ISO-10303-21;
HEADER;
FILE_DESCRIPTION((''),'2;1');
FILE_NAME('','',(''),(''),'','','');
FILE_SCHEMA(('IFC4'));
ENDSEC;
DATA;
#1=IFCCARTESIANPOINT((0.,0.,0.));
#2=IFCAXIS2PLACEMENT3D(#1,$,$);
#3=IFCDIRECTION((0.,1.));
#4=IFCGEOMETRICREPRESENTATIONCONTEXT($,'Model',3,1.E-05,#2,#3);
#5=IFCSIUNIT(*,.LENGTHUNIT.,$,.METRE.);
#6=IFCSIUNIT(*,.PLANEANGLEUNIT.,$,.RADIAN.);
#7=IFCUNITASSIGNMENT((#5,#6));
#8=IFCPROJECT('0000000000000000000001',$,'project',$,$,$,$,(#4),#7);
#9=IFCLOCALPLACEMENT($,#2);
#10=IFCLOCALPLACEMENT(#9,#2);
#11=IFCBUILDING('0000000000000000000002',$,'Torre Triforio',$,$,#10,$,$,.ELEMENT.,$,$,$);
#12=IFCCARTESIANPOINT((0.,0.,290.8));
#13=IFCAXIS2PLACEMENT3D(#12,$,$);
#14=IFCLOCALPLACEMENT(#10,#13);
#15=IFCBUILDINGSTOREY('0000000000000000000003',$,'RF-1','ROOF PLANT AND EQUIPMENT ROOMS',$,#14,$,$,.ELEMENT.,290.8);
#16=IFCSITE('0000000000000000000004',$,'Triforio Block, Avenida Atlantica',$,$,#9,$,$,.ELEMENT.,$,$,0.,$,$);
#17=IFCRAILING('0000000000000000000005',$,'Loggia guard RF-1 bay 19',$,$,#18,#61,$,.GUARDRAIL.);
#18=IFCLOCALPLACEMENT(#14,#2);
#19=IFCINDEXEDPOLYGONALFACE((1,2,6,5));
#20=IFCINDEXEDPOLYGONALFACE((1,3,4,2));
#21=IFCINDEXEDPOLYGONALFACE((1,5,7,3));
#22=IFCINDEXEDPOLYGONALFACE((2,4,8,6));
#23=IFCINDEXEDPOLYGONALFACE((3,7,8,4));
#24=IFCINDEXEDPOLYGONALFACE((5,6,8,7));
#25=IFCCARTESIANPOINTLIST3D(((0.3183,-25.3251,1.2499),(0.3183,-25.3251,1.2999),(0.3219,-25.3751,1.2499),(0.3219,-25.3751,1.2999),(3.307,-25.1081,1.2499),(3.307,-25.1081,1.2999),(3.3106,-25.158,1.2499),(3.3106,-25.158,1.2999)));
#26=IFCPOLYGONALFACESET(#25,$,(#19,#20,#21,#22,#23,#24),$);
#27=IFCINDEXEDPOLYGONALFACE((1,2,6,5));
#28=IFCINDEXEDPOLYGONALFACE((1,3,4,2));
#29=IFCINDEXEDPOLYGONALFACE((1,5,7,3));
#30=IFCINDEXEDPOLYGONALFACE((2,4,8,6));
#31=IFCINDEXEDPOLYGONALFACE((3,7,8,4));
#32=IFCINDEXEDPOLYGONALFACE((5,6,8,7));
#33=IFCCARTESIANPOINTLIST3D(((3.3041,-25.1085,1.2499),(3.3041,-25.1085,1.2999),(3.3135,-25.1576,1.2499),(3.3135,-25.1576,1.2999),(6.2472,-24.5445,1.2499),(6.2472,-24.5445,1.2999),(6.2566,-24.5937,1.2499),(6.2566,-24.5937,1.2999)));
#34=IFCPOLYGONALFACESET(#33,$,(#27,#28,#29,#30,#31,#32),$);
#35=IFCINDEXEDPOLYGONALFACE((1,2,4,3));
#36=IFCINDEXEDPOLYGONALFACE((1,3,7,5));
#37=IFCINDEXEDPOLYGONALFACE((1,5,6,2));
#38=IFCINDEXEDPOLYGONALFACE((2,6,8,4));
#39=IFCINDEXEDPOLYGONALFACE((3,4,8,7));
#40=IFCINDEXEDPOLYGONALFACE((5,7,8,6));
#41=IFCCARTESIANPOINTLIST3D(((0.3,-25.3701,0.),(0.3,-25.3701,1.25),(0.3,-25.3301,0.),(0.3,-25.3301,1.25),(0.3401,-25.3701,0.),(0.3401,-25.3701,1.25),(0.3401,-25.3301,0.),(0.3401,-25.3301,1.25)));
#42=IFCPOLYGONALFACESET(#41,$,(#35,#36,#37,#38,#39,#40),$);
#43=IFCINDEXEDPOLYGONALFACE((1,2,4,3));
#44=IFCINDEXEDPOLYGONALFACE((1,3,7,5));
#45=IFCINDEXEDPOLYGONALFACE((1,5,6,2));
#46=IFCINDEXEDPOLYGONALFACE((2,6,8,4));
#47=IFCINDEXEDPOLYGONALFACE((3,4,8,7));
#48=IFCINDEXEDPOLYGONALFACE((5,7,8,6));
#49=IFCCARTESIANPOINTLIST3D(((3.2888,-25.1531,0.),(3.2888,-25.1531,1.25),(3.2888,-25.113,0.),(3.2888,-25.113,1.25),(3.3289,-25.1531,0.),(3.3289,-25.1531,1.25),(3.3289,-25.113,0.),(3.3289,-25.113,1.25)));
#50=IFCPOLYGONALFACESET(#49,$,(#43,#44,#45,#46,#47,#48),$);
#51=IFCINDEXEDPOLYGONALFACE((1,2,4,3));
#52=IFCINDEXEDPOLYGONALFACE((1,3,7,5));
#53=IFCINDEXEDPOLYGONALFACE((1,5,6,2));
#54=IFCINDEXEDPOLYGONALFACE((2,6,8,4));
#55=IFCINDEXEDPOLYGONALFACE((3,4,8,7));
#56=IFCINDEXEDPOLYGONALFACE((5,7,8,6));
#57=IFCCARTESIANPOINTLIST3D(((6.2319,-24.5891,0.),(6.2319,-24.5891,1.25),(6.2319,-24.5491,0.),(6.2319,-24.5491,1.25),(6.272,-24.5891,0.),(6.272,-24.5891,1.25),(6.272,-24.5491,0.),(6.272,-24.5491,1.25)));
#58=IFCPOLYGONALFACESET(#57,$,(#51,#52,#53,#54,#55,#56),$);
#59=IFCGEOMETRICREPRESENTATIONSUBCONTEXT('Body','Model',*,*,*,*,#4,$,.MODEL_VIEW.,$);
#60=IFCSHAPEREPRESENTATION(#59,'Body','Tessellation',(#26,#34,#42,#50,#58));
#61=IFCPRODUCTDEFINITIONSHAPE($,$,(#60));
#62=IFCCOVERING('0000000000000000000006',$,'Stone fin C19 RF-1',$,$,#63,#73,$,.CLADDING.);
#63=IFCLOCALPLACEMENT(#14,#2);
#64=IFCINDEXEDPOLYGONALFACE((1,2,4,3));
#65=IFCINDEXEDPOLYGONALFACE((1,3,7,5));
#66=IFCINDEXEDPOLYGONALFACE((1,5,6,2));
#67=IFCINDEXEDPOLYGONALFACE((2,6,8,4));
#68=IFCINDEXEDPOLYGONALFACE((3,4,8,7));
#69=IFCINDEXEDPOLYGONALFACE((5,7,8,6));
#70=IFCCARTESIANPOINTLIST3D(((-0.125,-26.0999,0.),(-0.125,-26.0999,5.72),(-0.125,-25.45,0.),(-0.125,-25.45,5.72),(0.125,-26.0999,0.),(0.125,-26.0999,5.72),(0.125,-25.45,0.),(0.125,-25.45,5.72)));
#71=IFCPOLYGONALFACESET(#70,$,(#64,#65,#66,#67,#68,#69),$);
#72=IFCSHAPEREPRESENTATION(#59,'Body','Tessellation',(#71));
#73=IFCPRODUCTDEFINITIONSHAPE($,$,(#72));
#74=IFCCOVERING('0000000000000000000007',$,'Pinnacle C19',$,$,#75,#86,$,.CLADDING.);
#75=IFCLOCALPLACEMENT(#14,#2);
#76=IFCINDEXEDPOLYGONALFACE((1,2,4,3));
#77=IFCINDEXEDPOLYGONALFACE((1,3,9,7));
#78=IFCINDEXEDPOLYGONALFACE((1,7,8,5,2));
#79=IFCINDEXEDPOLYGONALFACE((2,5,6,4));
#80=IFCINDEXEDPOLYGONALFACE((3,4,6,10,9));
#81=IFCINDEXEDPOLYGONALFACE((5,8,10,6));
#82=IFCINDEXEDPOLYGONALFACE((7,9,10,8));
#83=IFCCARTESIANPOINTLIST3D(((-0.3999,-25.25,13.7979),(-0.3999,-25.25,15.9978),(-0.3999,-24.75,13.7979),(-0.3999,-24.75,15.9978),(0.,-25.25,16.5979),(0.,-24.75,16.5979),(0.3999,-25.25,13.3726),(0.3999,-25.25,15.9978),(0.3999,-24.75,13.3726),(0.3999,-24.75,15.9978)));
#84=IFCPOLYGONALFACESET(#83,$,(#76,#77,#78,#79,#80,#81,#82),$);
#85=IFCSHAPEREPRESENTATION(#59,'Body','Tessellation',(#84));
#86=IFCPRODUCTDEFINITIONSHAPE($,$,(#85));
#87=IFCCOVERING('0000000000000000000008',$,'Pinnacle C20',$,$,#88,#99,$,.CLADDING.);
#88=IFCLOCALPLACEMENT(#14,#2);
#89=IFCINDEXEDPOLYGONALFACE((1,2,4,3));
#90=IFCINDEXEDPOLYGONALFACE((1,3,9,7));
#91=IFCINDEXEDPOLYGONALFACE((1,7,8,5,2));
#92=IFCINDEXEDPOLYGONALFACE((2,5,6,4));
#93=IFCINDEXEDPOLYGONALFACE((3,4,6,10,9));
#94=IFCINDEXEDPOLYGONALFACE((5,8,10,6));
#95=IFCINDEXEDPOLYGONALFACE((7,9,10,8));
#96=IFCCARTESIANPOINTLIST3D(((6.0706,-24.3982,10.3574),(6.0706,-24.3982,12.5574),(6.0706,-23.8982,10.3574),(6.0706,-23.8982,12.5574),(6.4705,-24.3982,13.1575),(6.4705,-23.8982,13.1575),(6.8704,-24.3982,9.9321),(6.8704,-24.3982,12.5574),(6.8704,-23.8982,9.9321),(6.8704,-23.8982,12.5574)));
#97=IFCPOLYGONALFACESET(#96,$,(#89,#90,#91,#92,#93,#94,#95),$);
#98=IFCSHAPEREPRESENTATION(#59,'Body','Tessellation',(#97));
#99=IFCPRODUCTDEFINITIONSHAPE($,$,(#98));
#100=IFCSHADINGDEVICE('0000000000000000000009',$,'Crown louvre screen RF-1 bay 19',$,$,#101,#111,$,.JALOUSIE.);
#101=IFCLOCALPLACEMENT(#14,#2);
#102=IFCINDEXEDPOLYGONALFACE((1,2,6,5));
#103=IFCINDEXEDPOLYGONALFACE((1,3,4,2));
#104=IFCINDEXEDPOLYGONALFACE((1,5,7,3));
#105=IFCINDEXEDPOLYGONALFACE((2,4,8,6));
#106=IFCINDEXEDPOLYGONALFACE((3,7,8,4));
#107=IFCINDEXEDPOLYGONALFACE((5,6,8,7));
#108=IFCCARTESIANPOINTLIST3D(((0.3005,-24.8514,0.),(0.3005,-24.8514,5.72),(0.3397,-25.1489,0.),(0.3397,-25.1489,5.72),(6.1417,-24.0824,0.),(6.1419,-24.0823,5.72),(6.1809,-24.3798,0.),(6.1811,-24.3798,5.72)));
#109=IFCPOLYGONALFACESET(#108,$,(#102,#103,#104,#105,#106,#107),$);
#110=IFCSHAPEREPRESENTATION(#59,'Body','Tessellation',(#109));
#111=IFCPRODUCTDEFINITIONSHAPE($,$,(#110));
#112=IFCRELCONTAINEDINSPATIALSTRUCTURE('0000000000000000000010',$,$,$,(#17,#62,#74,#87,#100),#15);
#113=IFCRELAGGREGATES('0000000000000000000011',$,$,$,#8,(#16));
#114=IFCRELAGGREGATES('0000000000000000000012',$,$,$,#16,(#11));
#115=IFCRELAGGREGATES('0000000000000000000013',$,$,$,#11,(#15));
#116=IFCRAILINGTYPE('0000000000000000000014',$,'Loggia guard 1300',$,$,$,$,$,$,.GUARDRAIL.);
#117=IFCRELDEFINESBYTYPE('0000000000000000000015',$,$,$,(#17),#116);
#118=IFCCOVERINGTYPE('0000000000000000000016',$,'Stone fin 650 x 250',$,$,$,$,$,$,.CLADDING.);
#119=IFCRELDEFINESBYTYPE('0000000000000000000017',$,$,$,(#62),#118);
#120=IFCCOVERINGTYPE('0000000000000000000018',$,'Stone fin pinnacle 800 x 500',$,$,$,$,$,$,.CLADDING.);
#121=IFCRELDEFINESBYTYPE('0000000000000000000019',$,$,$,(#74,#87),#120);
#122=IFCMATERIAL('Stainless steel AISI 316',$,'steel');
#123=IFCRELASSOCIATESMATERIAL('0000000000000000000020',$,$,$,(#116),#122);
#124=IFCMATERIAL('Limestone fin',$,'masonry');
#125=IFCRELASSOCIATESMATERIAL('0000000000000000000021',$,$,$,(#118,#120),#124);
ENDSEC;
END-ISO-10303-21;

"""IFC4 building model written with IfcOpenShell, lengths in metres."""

from ifc_helpers import new_model, si_unit, direction, frame, origin, origin_2d, place, context, subcontext, project, spatial, polyline, rectangle, outline, extrude, material, material_profile, profile_set, type_object, element, save


model = new_model("IFC4")

# Units and contexts
model_context = context("Model", 3, precision=1e-05, world=origin(), true_north=direction((0.0, 1.0)))
body_context = subcontext(model_context, "Body", "Model", "MODEL_VIEW")
ifc_project = project(units=[si_unit("LENGTHUNIT", "METRE"), si_unit("PLANEANGLEUNIT", "RADIAN")], contexts=[model_context])

# Site, building, storey
site_placement = place(None, origin())
site = spatial("IfcSite", under=ifc_project, at=site_placement, Name="Triforio Block, Avenida Atlantica", CompositionType="ELEMENT", RefElevation=0.0)
building_placement = place(site_placement, origin())
building = spatial("IfcBuilding", under=site, at=building_placement, Name="Torre Triforio", CompositionType="ELEMENT")
storey_placement = place(building_placement, frame((0.0, 0.0, 290.8)))
storey = spatial("IfcBuildingStorey", under=building, at=storey_placement, Name="RF-1", Description="ROOF PLANT AND EQUIPMENT ROOMS", CompositionType="ELEMENT", Elevation=290.8)

# Railing
ifc_material_1 = material(Name="Stainless steel AISI 316", Category="steel")
railing_type = type_object("IfcRailingType", Name="Loggia guard 1300", PredefinedType="GUARDRAIL", material=ifc_material_1)
railing_placement = place(storey_placement, frame((0.3201, -25.3501, 0.0)))
element("IfcRailing", 1, at=railing_placement, inside=storey, type_object=railing_type, Name="Loggia guard RF-1 bay 19", PredefinedType="GUARDRAIL", context=body_context, shape_type="SweptSolid", body=[
    extrude(rectangle(XDim=0.05, YDim=0.05, at=origin_2d()), frame((0.0, 0.0, 1.2749), z_axis=(0.997374, 0.072428, 0.0), x_axis=(-0.072428, 0.997374, 0.0)), (0.0, 0.0, 1.0), 2.9966),
    extrude(rectangle(XDim=0.05, YDim=0.05, at=origin_2d()), frame((2.9888, 0.217, 1.2749), z_axis=(0.982131, 0.188198, 0.0), x_axis=(-0.188198, 0.982131, 0.0)), (0.0, 0.0, 1.0), 2.9966),
    extrude(rectangle(XDim=0.04, YDim=0.04, at=origin_2d()), origin(), (0.0, 0.0, 1.0), 1.25),
    extrude(rectangle(XDim=0.04, YDim=0.04, at=origin_2d()), frame((2.9888, 0.217, 0.0)), (0.0, 0.0, 1.0), 1.25),
    extrude(rectangle(XDim=0.04, YDim=0.04, at=origin_2d()), frame((5.9319, 0.781, 0.0)), (0.0, 0.0, 1.0), 1.25),
])

# Coverings
ifc_material_2 = material(Name="Limestone fin", Category="masonry")
ifc_material_profile_1 = material_profile(ifc_material_2, rectangle(XDim=0.6499, YDim=0.25, at=origin_2d()), Name="FIN 650x250")
ifc_profile_set_1 = profile_set([ifc_material_profile_1], Name="Limestone fin")
covering_type_1 = type_object("IfcCoveringType", Name="Stone fin 650 x 250", PredefinedType="CLADDING", material=ifc_profile_set_1)
covering_placement = place(storey_placement, frame((0.0, -25.7749, 0.0), z_axis=(0.0, 0.0, 1.0), x_axis=(0.0, -1.0, 0.0)))
element("IfcCovering", 2, at=covering_placement, inside=storey, type_object=covering_type_1, Name="Stone fin C19 RF-1", PredefinedType="CLADDING", context=body_context, shape_type="SweptSolid", body=[
    extrude(rectangle(XDim=0.6499, YDim=0.25, at=origin_2d()), origin(), (0.0, 0.0, 1.0), 5.72),
])
ifc_material_profile_2 = material_profile(ifc_material_2, outline(polyline([(-0.3999, -0.2126), (0.3999, 0.2126), (0.3999, 2.4126), (0.0, 3.0127), (-0.3999, 2.4126), (-0.3999, -0.2126)])), Name="FIN PINNACLE 800x500")
ifc_profile_set_2 = profile_set([ifc_material_profile_2], Name="Limestone fin")
covering_type_2 = type_object("IfcCoveringType", Name="Stone fin pinnacle 800 x 500", PredefinedType="CLADDING", material=ifc_profile_set_2)
for number, where, z_axis, x_axis, name in (
    (3, (0.0, -25.25, 13.5852), (0.0, 1.0, 0.0), (-1.0, 0.0, 0.0), "Pinnacle C19"),
    (4, (6.4705, -24.3982, 10.1448), (0.0, 1.0, 0.0), (-1.0, 0.0, 0.0), "Pinnacle C20"),
):
    element("IfcCovering", number, at=place(storey_placement, frame(where, z_axis=z_axis, x_axis=x_axis)), inside=storey, type_object=covering_type_2, Name=name, PredefinedType="CLADDING", context=body_context, shape_type="SweptSolid", body=[
        extrude(outline(polyline([(-0.3999, -0.2126), (0.3999, 0.2126), (0.3999, 2.4126), (0.0, 3.0127), (-0.3999, 2.4126), (-0.3999, -0.2126)])), origin(), (0.0, 0.0, 1.0), 0.5),
    ])

# Shading device
shading_device_placement = place(storey_placement, frame((0.3201, -25.0, 0.0), z_axis=(0.0, 0.0, 1.0), x_axis=(0.991444, 0.13053, 0.0)))
element("IfcShadingDevice", 5, at=shading_device_placement, inside=storey, Name="Crown louvre screen RF-1 bay 19", PredefinedType="JALOUSIE", context=body_context, shape_type="SweptSolid", body=[
    extrude(outline(polyline([(0.0, 0.0), (5.8916, 0.0), (5.8918, 5.72), (0.0, 5.72), (0.0, 0.0)])), frame((0.0, 0.1499, 0.0), z_axis=(0.0, -1.0, 0.0), x_axis=(1.0, 0.0, 0.0)), (0.0, 0.0, 1.0), 0.3),
])

save(model, "model.ifc")
